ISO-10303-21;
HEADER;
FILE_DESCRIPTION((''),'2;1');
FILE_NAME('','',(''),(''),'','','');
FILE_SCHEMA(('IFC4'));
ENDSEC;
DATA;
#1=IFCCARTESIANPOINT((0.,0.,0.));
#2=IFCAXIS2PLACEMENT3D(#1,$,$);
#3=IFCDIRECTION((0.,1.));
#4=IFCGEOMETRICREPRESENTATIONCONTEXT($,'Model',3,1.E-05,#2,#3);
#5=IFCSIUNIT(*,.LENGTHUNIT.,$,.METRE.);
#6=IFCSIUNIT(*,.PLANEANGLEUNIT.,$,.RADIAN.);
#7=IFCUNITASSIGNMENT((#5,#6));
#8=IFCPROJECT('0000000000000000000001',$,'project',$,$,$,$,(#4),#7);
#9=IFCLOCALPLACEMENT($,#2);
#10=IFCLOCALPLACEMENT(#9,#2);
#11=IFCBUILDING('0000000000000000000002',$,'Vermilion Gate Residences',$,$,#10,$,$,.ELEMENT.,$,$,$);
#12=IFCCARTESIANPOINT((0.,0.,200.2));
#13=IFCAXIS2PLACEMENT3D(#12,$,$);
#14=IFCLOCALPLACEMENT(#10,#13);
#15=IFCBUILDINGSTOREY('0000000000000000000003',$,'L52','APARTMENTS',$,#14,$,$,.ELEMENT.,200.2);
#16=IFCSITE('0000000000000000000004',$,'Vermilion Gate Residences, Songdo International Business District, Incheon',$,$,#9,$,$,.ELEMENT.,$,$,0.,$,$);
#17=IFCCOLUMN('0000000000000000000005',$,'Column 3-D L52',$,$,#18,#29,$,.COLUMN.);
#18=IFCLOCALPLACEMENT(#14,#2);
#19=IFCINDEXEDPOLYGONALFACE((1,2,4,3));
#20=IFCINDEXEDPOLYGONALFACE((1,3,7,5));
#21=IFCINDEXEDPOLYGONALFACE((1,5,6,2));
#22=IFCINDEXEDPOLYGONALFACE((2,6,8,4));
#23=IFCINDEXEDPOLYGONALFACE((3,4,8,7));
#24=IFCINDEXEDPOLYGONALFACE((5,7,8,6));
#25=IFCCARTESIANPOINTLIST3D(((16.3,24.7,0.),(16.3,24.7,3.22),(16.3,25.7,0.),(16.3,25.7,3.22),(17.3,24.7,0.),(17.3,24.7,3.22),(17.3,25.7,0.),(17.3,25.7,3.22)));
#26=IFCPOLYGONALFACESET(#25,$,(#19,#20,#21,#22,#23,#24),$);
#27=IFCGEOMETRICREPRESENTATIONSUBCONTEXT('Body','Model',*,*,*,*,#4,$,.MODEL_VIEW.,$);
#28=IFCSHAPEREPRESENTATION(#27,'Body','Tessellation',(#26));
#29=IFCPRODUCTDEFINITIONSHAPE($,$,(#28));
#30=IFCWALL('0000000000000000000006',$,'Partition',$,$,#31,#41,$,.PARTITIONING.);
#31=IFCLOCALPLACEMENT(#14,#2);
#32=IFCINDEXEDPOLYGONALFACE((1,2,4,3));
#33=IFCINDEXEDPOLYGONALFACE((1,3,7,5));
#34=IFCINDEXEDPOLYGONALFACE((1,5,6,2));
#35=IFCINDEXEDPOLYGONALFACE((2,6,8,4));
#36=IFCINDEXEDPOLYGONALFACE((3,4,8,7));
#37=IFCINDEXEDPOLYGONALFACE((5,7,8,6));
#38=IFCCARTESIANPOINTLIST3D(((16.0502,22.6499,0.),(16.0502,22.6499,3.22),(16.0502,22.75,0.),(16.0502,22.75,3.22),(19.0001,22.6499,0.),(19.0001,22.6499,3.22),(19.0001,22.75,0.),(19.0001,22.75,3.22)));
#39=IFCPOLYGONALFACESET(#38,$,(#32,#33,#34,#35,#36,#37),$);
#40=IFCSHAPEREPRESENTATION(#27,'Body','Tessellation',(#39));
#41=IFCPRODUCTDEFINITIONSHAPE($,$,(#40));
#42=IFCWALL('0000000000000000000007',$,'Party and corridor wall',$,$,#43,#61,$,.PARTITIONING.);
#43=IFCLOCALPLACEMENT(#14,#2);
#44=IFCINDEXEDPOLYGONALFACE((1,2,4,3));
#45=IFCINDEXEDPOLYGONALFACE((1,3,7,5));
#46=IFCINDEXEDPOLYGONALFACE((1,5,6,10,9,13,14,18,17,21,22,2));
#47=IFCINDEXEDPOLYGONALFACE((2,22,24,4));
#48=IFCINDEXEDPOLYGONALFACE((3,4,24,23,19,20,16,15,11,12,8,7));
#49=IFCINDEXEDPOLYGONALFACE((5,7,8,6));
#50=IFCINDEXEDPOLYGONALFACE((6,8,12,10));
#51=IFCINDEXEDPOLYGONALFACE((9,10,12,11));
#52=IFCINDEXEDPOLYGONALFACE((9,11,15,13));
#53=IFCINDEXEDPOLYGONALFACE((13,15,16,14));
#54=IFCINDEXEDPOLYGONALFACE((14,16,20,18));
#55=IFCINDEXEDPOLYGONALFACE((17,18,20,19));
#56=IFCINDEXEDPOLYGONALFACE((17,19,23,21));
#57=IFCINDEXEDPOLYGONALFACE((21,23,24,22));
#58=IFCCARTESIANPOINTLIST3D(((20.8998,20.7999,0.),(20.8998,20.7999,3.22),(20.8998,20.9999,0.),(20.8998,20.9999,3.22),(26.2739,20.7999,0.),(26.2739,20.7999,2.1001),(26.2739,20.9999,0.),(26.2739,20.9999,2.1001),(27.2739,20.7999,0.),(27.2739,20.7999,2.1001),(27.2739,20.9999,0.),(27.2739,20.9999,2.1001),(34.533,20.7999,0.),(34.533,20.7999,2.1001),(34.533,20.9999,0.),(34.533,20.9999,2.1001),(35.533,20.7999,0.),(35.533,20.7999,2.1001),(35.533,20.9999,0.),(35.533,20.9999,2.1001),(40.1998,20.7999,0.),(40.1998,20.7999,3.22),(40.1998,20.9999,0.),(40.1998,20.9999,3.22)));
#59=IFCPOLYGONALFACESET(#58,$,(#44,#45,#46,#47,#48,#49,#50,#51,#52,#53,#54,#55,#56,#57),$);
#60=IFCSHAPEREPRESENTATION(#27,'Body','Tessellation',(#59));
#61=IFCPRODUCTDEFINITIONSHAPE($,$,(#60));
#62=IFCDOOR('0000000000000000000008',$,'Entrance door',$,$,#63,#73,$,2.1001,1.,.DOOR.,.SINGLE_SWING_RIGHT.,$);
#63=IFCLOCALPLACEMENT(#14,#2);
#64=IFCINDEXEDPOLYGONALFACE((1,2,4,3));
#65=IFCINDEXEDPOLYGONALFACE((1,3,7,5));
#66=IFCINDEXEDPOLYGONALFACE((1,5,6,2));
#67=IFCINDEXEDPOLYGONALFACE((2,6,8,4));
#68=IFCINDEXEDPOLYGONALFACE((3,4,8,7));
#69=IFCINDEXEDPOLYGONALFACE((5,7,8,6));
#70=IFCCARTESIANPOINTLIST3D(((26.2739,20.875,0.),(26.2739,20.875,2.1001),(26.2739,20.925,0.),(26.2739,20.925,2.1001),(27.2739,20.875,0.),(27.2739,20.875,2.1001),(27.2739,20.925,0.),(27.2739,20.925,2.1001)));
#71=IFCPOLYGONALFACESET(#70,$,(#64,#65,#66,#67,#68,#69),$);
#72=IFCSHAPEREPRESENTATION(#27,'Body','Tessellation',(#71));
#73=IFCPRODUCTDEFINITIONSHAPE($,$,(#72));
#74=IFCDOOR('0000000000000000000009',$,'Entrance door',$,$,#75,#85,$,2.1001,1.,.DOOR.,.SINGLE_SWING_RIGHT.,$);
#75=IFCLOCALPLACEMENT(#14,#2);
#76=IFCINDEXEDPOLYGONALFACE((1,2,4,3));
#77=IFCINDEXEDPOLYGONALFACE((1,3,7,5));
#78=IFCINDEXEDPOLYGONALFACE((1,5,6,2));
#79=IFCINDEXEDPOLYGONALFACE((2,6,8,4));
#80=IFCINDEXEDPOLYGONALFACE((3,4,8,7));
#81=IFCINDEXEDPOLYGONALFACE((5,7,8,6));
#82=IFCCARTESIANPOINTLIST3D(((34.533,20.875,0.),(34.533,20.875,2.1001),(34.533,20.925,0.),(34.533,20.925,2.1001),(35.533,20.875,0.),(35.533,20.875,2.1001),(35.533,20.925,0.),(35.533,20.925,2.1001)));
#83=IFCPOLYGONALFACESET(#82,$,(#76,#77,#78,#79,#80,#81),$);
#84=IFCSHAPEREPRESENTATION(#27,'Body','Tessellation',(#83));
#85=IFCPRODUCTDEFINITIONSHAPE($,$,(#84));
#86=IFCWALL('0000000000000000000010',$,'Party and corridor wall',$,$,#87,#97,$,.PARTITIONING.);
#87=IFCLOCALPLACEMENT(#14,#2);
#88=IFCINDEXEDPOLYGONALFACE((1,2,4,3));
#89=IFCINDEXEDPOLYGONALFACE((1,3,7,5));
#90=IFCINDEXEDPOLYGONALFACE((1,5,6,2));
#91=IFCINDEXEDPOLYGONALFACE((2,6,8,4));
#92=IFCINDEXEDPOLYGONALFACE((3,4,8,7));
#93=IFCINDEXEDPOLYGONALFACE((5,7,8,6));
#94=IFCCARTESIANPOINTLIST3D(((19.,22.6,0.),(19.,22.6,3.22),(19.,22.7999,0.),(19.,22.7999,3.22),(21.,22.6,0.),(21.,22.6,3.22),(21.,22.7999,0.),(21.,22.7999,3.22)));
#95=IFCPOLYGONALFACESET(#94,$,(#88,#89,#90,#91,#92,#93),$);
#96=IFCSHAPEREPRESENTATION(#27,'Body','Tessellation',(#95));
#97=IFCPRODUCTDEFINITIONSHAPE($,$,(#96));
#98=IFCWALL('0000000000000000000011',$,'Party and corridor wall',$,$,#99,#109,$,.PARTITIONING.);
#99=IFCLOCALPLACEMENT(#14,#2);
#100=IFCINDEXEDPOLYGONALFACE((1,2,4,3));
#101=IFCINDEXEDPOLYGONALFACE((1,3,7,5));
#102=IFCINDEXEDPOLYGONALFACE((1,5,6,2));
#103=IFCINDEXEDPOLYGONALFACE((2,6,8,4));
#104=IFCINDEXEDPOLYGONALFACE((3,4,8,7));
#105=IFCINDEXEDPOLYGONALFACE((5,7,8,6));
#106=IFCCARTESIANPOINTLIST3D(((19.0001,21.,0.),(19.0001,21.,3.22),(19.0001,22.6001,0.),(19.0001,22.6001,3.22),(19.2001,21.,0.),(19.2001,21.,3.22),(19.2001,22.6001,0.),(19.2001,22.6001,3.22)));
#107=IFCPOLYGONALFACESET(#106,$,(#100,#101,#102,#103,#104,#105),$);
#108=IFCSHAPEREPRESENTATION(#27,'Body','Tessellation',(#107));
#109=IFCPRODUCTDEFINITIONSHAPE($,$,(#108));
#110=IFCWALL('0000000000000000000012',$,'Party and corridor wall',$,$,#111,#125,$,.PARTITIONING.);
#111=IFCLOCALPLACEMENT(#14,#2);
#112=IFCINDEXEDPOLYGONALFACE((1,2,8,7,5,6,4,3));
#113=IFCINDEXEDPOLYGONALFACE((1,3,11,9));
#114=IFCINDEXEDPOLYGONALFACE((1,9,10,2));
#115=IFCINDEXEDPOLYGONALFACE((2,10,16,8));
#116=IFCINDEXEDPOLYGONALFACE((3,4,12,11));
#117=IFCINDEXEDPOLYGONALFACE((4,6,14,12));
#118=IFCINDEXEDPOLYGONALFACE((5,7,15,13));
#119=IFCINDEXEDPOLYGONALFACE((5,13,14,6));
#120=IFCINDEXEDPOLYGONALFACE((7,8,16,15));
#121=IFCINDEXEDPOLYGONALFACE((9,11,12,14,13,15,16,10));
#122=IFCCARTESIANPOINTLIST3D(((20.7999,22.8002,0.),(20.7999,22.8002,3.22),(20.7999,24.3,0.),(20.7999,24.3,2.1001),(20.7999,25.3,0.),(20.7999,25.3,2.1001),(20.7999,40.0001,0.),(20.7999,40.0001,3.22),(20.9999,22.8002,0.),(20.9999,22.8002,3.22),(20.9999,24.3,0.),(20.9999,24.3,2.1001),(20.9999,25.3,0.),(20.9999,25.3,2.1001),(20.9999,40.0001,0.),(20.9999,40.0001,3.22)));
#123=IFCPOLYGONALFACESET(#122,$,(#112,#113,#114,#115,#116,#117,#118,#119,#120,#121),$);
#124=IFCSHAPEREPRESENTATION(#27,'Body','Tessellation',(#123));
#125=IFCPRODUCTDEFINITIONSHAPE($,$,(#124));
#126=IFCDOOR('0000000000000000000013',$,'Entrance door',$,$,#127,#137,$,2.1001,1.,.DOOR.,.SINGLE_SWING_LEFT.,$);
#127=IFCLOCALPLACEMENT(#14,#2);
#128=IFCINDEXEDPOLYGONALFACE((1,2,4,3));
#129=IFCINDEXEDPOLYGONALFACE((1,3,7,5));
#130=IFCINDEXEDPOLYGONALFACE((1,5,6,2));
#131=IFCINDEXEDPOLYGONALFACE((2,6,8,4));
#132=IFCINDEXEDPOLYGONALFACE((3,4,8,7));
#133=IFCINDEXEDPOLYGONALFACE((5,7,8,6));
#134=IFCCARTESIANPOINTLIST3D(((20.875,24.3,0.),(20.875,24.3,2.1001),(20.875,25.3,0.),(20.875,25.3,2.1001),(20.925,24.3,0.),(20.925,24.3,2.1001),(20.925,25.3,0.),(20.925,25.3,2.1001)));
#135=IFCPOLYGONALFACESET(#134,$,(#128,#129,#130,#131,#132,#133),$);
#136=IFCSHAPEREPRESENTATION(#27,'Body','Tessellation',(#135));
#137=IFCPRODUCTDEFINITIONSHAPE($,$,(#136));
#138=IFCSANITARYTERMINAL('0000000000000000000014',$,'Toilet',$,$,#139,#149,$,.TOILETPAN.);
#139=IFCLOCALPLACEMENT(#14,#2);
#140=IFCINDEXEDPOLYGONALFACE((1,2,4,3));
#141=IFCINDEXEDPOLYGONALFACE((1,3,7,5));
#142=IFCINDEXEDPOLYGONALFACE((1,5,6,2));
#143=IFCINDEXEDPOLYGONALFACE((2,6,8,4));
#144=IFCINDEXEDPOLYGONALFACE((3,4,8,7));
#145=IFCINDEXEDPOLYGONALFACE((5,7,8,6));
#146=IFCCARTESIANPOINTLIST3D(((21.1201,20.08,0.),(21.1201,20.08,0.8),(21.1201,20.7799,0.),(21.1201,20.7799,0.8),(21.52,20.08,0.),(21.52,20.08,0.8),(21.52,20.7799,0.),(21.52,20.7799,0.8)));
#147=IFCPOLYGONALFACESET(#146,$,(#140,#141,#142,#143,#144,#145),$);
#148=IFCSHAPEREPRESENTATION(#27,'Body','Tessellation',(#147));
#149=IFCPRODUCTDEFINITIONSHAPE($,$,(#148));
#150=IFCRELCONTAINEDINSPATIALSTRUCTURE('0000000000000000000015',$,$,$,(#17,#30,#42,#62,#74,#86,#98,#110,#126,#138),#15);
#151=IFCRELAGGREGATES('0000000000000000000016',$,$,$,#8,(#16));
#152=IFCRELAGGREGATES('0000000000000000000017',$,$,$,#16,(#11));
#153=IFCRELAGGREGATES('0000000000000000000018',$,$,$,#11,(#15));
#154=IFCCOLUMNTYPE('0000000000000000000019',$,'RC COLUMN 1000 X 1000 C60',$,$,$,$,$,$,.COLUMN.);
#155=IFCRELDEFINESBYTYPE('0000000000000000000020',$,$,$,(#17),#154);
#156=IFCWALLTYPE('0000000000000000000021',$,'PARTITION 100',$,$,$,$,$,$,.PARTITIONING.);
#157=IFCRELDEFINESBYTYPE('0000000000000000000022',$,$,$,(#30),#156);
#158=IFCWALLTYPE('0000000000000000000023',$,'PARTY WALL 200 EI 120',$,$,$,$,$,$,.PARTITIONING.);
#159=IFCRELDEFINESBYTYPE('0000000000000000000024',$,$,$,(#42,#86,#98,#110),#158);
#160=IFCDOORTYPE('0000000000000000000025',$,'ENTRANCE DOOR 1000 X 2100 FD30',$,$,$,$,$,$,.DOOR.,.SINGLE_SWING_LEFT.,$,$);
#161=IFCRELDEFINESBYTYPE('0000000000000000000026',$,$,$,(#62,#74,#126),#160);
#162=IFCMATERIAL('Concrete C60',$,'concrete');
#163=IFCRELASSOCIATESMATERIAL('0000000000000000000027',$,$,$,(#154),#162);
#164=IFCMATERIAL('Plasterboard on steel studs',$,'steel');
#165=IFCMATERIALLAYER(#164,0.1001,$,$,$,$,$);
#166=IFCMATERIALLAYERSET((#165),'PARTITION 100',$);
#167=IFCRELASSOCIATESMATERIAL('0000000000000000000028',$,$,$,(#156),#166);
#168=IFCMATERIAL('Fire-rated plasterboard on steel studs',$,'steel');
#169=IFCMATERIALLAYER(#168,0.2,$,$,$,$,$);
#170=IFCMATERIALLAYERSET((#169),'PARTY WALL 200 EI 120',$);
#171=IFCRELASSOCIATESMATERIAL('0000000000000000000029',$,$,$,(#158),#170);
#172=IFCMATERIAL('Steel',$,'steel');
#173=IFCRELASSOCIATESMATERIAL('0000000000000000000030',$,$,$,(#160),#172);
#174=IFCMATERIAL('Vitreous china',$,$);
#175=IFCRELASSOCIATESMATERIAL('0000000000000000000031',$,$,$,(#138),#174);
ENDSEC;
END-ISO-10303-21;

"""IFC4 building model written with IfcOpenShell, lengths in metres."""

from ifc_helpers import new_model, si_unit, direction, frame, frame_2d, origin, origin_2d, place, context, subcontext, project, spatial, rectangle, extrude, material, layer, layer_set, material_profile, profile_set, type_object, element, fill, save


model = new_model("IFC4")

# Units and contexts
model_context = context("Model", 3, precision=1e-05, world=origin(), true_north=direction((0.0, 1.0)))
body_context = subcontext(model_context, "Body", "Model", "MODEL_VIEW")
ifc_project = project(units=[si_unit("LENGTHUNIT", "METRE"), si_unit("PLANEANGLEUNIT", "RADIAN")], contexts=[model_context])

# Site, building, storey
site_placement = place(None, origin())
site = spatial("IfcSite", under=ifc_project, at=site_placement, Name="Vermilion Gate Residences, Songdo International Business District, Incheon", CompositionType="ELEMENT", RefElevation=0.0)
building_placement = place(site_placement, origin())
building = spatial("IfcBuilding", under=site, at=building_placement, Name="Vermilion Gate Residences", CompositionType="ELEMENT")
storey_placement = place(building_placement, frame((0.0, 0.0, 200.2)))
storey = spatial("IfcBuildingStorey", under=building, at=storey_placement, Name="L52", Description="APARTMENTS", CompositionType="ELEMENT", Elevation=200.2)

# Column
ifc_material_1 = material(Name="Concrete C60", Category="concrete")
ifc_material_profile = material_profile(ifc_material_1, rectangle(XDim=1.0, YDim=1.0, at=origin_2d()), Name="RC-1000x1000")
ifc_profile_set = profile_set([ifc_material_profile], Name="Concrete C60")
column_type = type_object("IfcColumnType", Name="RC COLUMN 1000 X 1000 C60", PredefinedType="COLUMN", material=ifc_profile_set)
column_placement = place(storey_placement, frame((16.8, 25.2, 0.0), z_axis=(0.0, 0.0, 1.0), x_axis=(1.0, 0.0, 0.0)))
element("IfcColumn", 1, at=column_placement, inside=storey, type_object=column_type, Name="Column 3-D L52", PredefinedType="COLUMN", context=body_context, shape_type="SweptSolid", body=[
    extrude(rectangle(XDim=1.0, YDim=1.0, at=origin_2d()), origin(), (0.0, 0.0, 1.0), 3.22),
])

# Wall
ifc_material_2 = material(Name="Plasterboard on steel studs", Category="steel")
ifc_layer_1 = layer(ifc_material_2, 0.1001)
ifc_layer_set_1 = layer_set([ifc_layer_1], Name="PARTITION 100")
wall_type_1 = type_object("IfcWallType", Name="PARTITION 100", PredefinedType="PARTITIONING", material=ifc_layer_set_1)
wall_1_placement = place(storey_placement, frame((16.05, 22.7, 0.0), z_axis=(0.0, 0.0, 1.0), x_axis=(1.0, 0.0, 0.0)))
element("IfcWall", 2, at=wall_1_placement, inside=storey, type_object=wall_type_1, Name="Partition", PredefinedType="PARTITIONING", context=body_context, shape_type="SweptSolid", body=[
    extrude(rectangle(XDim=2.95, YDim=0.1001, at=frame_2d((1.4751, 0.0))), origin(), (0.0, 0.0, 1.0), 3.22),
])

# Wall, openings, doors
ifc_material_3 = material(Name="Fire-rated plasterboard on steel studs", Category="steel")
ifc_layer_2 = layer(ifc_material_3, 0.2)
ifc_layer_set_2 = layer_set([ifc_layer_2], Name="PARTY WALL 200 EI 120")
wall_type_2 = type_object("IfcWallType", Name="PARTY WALL 200 EI 120", PredefinedType="PARTITIONING", material=ifc_layer_set_2)
wall_2_placement = place(storey_placement, frame((20.8999, 20.8999, 0.0), z_axis=(0.0, 0.0, 1.0), x_axis=(1.0, 0.0, 0.0)))
wall_2 = element("IfcWall", 3, at=wall_2_placement, inside=storey, type_object=wall_type_2, Name="Party and corridor wall", PredefinedType="PARTITIONING", context=body_context, shape_type="SweptSolid", body=[
    extrude(rectangle(XDim=19.3, YDim=0.2, at=frame_2d((9.6499, 0.0))), origin(), (0.0, 0.0, 1.0), 3.22),
])
opening_1_placement = place(wall_2_placement, frame((5.374, 0.0, 0.0)))
opening_1 = element("IfcOpeningElement", 4, at=opening_1_placement, cuts=wall_2, PredefinedType="OPENING", context=body_context, shape_type="SweptSolid", body=[
    extrude(rectangle(XDim=1.0, YDim=2.1001, at=frame_2d((0.5, 1.05))), frame((0.0, 0.1099, 0.0), z_axis=(0.0, -1.0, 0.0), x_axis=(1.0, 0.0, 0.0)), (0.0, 0.0, 1.0), 0.22),
])
opening_2_placement = place(wall_2_placement, frame((13.6331, 0.0, 0.0)))
opening_2 = element("IfcOpeningElement", 5, at=opening_2_placement, cuts=wall_2, PredefinedType="OPENING", context=body_context, shape_type="SweptSolid", body=[
    extrude(rectangle(XDim=1.0, YDim=2.1001, at=frame_2d((0.5, 1.05))), frame((0.0, 0.1099, 0.0), z_axis=(0.0, -1.0, 0.0), x_axis=(1.0, 0.0, 0.0)), (0.0, 0.0, 1.0), 0.22),
])
ifc_material_4 = material(Name="Steel", Category="steel")
door_type = type_object("IfcDoorType", Name="ENTRANCE DOOR 1000 X 2100 FD30", OperationType="SINGLE_SWING_LEFT", PredefinedType="DOOR", material=ifc_material_4)
door_1_placement = place(opening_1_placement, frame((1.0, 0.0, 0.0), z_axis=(0.0, 0.0, 1.0), x_axis=(-1.0, 0.0, 0.0)))
door_1 = element("IfcDoor", 6, at=door_1_placement, inside=storey, type_object=door_type, Name="Entrance door", OperationType="SINGLE_SWING_RIGHT", OverallHeight=2.1001, OverallWidth=1.0, PredefinedType="DOOR", context=body_context, shape_type="SweptSolid", body=[
    extrude(rectangle(XDim=1.0, YDim=2.1001, at=frame_2d((0.5, 1.05))), frame((0.0, 0.0249, 0.0), z_axis=(0.0, -1.0, 0.0), x_axis=(1.0, 0.0, 0.0)), (0.0, 0.0, 1.0), 0.05),
])
fill(opening_1, door_1)
door_2_placement = place(opening_2_placement, frame((1.0, 0.0, 0.0), z_axis=(0.0, 0.0, 1.0), x_axis=(-1.0, 0.0, 0.0)))
door_2 = element("IfcDoor", 7, at=door_2_placement, inside=storey, type_object=door_type, Name="Entrance door", OperationType="SINGLE_SWING_RIGHT", OverallHeight=2.1001, OverallWidth=1.0, PredefinedType="DOOR", context=body_context, shape_type="SweptSolid", body=[
    extrude(rectangle(XDim=1.0, YDim=2.1001, at=frame_2d((0.5, 1.05))), frame((0.0, 0.0249, 0.0), z_axis=(0.0, -1.0, 0.0), x_axis=(1.0, 0.0, 0.0)), (0.0, 0.0, 1.0), 0.05),
])
fill(opening_2, door_2)

# Walls
wall_3_placement = place(storey_placement, frame((19.0, 22.7, 0.0), z_axis=(0.0, 0.0, 1.0), x_axis=(1.0, 0.0, 0.0)))
element("IfcWall", 8, at=wall_3_placement, inside=storey, type_object=wall_type_2, Name="Party and corridor wall", PredefinedType="PARTITIONING", context=body_context, shape_type="SweptSolid", body=[
    extrude(rectangle(XDim=2.0, YDim=0.2, at=frame_2d((1.0, 0.0))), origin(), (0.0, 0.0, 1.0), 3.22),
])
wall_4_placement = place(storey_placement, frame((19.1001, 21.0, 0.0), z_axis=(0.0, 0.0, 1.0), x_axis=(0.0, 1.0, 0.0)))
element("IfcWall", 9, at=wall_4_placement, inside=storey, type_object=wall_type_2, Name="Party and corridor wall", PredefinedType="PARTITIONING", context=body_context, shape_type="SweptSolid", body=[
    extrude(rectangle(XDim=1.6001, YDim=0.2, at=frame_2d((0.8, 0.0))), origin(), (0.0, 0.0, 1.0), 3.22),
])

# Wall, opening, door
wall_5_placement = place(storey_placement, frame((20.8999, 22.8, 0.0), z_axis=(0.0, 0.0, 1.0), x_axis=(0.0, 1.0, 0.0)))
wall_5 = element("IfcWall", 10, at=wall_5_placement, inside=storey, type_object=wall_type_2, Name="Party and corridor wall", PredefinedType="PARTITIONING", context=body_context, shape_type="SweptSolid", body=[
    extrude(rectangle(XDim=17.2, YDim=0.2, at=frame_2d((8.6001, 0.0))), origin(), (0.0, 0.0, 1.0), 3.22),
])
opening_3_placement = place(wall_5_placement, frame((1.5, 0.0, 0.0)))
opening_3 = element("IfcOpeningElement", 11, at=opening_3_placement, cuts=wall_5, PredefinedType="OPENING", context=body_context, shape_type="SweptSolid", body=[
    extrude(rectangle(XDim=1.0, YDim=2.1001, at=frame_2d((0.5, 1.05))), frame((0.0, 0.1099, 0.0), z_axis=(0.0, -1.0, 0.0), x_axis=(1.0, 0.0, 0.0)), (0.0, 0.0, 1.0), 0.22),
])
door_3_placement = place(opening_3_placement, origin())
door_3 = element("IfcDoor", 12, at=door_3_placement, inside=storey, type_object=door_type, Name="Entrance door", OperationType="SINGLE_SWING_LEFT", OverallHeight=2.1001, OverallWidth=1.0, PredefinedType="DOOR", context=body_context, shape_type="SweptSolid", body=[
    extrude(rectangle(XDim=1.0, YDim=2.1001, at=frame_2d((0.5, 1.05))), frame((0.0, 0.0249, 0.0), z_axis=(0.0, -1.0, 0.0), x_axis=(1.0, 0.0, 0.0)), (0.0, 0.0, 1.0), 0.05),
])
fill(opening_3, door_3)

# Sanitary terminal
ifc_material_5 = material(Name="Vitreous china")
sanitary_terminal_placement = place(storey_placement, frame((21.3201, 20.4299, 0.0), z_axis=(0.0, 0.0, 1.0), x_axis=(1.0, 0.0, 0.0)))
element("IfcSanitaryTerminal", 13, at=sanitary_terminal_placement, inside=storey, material=ifc_material_5, Name="Toilet", PredefinedType="TOILETPAN", context=body_context, shape_type="SweptSolid", body=[
    extrude(rectangle(XDim=0.3999, YDim=0.7, at=origin_2d()), origin(), (0.0, 0.0, 1.0), 0.8),
])

save(model, "model.ifc")
